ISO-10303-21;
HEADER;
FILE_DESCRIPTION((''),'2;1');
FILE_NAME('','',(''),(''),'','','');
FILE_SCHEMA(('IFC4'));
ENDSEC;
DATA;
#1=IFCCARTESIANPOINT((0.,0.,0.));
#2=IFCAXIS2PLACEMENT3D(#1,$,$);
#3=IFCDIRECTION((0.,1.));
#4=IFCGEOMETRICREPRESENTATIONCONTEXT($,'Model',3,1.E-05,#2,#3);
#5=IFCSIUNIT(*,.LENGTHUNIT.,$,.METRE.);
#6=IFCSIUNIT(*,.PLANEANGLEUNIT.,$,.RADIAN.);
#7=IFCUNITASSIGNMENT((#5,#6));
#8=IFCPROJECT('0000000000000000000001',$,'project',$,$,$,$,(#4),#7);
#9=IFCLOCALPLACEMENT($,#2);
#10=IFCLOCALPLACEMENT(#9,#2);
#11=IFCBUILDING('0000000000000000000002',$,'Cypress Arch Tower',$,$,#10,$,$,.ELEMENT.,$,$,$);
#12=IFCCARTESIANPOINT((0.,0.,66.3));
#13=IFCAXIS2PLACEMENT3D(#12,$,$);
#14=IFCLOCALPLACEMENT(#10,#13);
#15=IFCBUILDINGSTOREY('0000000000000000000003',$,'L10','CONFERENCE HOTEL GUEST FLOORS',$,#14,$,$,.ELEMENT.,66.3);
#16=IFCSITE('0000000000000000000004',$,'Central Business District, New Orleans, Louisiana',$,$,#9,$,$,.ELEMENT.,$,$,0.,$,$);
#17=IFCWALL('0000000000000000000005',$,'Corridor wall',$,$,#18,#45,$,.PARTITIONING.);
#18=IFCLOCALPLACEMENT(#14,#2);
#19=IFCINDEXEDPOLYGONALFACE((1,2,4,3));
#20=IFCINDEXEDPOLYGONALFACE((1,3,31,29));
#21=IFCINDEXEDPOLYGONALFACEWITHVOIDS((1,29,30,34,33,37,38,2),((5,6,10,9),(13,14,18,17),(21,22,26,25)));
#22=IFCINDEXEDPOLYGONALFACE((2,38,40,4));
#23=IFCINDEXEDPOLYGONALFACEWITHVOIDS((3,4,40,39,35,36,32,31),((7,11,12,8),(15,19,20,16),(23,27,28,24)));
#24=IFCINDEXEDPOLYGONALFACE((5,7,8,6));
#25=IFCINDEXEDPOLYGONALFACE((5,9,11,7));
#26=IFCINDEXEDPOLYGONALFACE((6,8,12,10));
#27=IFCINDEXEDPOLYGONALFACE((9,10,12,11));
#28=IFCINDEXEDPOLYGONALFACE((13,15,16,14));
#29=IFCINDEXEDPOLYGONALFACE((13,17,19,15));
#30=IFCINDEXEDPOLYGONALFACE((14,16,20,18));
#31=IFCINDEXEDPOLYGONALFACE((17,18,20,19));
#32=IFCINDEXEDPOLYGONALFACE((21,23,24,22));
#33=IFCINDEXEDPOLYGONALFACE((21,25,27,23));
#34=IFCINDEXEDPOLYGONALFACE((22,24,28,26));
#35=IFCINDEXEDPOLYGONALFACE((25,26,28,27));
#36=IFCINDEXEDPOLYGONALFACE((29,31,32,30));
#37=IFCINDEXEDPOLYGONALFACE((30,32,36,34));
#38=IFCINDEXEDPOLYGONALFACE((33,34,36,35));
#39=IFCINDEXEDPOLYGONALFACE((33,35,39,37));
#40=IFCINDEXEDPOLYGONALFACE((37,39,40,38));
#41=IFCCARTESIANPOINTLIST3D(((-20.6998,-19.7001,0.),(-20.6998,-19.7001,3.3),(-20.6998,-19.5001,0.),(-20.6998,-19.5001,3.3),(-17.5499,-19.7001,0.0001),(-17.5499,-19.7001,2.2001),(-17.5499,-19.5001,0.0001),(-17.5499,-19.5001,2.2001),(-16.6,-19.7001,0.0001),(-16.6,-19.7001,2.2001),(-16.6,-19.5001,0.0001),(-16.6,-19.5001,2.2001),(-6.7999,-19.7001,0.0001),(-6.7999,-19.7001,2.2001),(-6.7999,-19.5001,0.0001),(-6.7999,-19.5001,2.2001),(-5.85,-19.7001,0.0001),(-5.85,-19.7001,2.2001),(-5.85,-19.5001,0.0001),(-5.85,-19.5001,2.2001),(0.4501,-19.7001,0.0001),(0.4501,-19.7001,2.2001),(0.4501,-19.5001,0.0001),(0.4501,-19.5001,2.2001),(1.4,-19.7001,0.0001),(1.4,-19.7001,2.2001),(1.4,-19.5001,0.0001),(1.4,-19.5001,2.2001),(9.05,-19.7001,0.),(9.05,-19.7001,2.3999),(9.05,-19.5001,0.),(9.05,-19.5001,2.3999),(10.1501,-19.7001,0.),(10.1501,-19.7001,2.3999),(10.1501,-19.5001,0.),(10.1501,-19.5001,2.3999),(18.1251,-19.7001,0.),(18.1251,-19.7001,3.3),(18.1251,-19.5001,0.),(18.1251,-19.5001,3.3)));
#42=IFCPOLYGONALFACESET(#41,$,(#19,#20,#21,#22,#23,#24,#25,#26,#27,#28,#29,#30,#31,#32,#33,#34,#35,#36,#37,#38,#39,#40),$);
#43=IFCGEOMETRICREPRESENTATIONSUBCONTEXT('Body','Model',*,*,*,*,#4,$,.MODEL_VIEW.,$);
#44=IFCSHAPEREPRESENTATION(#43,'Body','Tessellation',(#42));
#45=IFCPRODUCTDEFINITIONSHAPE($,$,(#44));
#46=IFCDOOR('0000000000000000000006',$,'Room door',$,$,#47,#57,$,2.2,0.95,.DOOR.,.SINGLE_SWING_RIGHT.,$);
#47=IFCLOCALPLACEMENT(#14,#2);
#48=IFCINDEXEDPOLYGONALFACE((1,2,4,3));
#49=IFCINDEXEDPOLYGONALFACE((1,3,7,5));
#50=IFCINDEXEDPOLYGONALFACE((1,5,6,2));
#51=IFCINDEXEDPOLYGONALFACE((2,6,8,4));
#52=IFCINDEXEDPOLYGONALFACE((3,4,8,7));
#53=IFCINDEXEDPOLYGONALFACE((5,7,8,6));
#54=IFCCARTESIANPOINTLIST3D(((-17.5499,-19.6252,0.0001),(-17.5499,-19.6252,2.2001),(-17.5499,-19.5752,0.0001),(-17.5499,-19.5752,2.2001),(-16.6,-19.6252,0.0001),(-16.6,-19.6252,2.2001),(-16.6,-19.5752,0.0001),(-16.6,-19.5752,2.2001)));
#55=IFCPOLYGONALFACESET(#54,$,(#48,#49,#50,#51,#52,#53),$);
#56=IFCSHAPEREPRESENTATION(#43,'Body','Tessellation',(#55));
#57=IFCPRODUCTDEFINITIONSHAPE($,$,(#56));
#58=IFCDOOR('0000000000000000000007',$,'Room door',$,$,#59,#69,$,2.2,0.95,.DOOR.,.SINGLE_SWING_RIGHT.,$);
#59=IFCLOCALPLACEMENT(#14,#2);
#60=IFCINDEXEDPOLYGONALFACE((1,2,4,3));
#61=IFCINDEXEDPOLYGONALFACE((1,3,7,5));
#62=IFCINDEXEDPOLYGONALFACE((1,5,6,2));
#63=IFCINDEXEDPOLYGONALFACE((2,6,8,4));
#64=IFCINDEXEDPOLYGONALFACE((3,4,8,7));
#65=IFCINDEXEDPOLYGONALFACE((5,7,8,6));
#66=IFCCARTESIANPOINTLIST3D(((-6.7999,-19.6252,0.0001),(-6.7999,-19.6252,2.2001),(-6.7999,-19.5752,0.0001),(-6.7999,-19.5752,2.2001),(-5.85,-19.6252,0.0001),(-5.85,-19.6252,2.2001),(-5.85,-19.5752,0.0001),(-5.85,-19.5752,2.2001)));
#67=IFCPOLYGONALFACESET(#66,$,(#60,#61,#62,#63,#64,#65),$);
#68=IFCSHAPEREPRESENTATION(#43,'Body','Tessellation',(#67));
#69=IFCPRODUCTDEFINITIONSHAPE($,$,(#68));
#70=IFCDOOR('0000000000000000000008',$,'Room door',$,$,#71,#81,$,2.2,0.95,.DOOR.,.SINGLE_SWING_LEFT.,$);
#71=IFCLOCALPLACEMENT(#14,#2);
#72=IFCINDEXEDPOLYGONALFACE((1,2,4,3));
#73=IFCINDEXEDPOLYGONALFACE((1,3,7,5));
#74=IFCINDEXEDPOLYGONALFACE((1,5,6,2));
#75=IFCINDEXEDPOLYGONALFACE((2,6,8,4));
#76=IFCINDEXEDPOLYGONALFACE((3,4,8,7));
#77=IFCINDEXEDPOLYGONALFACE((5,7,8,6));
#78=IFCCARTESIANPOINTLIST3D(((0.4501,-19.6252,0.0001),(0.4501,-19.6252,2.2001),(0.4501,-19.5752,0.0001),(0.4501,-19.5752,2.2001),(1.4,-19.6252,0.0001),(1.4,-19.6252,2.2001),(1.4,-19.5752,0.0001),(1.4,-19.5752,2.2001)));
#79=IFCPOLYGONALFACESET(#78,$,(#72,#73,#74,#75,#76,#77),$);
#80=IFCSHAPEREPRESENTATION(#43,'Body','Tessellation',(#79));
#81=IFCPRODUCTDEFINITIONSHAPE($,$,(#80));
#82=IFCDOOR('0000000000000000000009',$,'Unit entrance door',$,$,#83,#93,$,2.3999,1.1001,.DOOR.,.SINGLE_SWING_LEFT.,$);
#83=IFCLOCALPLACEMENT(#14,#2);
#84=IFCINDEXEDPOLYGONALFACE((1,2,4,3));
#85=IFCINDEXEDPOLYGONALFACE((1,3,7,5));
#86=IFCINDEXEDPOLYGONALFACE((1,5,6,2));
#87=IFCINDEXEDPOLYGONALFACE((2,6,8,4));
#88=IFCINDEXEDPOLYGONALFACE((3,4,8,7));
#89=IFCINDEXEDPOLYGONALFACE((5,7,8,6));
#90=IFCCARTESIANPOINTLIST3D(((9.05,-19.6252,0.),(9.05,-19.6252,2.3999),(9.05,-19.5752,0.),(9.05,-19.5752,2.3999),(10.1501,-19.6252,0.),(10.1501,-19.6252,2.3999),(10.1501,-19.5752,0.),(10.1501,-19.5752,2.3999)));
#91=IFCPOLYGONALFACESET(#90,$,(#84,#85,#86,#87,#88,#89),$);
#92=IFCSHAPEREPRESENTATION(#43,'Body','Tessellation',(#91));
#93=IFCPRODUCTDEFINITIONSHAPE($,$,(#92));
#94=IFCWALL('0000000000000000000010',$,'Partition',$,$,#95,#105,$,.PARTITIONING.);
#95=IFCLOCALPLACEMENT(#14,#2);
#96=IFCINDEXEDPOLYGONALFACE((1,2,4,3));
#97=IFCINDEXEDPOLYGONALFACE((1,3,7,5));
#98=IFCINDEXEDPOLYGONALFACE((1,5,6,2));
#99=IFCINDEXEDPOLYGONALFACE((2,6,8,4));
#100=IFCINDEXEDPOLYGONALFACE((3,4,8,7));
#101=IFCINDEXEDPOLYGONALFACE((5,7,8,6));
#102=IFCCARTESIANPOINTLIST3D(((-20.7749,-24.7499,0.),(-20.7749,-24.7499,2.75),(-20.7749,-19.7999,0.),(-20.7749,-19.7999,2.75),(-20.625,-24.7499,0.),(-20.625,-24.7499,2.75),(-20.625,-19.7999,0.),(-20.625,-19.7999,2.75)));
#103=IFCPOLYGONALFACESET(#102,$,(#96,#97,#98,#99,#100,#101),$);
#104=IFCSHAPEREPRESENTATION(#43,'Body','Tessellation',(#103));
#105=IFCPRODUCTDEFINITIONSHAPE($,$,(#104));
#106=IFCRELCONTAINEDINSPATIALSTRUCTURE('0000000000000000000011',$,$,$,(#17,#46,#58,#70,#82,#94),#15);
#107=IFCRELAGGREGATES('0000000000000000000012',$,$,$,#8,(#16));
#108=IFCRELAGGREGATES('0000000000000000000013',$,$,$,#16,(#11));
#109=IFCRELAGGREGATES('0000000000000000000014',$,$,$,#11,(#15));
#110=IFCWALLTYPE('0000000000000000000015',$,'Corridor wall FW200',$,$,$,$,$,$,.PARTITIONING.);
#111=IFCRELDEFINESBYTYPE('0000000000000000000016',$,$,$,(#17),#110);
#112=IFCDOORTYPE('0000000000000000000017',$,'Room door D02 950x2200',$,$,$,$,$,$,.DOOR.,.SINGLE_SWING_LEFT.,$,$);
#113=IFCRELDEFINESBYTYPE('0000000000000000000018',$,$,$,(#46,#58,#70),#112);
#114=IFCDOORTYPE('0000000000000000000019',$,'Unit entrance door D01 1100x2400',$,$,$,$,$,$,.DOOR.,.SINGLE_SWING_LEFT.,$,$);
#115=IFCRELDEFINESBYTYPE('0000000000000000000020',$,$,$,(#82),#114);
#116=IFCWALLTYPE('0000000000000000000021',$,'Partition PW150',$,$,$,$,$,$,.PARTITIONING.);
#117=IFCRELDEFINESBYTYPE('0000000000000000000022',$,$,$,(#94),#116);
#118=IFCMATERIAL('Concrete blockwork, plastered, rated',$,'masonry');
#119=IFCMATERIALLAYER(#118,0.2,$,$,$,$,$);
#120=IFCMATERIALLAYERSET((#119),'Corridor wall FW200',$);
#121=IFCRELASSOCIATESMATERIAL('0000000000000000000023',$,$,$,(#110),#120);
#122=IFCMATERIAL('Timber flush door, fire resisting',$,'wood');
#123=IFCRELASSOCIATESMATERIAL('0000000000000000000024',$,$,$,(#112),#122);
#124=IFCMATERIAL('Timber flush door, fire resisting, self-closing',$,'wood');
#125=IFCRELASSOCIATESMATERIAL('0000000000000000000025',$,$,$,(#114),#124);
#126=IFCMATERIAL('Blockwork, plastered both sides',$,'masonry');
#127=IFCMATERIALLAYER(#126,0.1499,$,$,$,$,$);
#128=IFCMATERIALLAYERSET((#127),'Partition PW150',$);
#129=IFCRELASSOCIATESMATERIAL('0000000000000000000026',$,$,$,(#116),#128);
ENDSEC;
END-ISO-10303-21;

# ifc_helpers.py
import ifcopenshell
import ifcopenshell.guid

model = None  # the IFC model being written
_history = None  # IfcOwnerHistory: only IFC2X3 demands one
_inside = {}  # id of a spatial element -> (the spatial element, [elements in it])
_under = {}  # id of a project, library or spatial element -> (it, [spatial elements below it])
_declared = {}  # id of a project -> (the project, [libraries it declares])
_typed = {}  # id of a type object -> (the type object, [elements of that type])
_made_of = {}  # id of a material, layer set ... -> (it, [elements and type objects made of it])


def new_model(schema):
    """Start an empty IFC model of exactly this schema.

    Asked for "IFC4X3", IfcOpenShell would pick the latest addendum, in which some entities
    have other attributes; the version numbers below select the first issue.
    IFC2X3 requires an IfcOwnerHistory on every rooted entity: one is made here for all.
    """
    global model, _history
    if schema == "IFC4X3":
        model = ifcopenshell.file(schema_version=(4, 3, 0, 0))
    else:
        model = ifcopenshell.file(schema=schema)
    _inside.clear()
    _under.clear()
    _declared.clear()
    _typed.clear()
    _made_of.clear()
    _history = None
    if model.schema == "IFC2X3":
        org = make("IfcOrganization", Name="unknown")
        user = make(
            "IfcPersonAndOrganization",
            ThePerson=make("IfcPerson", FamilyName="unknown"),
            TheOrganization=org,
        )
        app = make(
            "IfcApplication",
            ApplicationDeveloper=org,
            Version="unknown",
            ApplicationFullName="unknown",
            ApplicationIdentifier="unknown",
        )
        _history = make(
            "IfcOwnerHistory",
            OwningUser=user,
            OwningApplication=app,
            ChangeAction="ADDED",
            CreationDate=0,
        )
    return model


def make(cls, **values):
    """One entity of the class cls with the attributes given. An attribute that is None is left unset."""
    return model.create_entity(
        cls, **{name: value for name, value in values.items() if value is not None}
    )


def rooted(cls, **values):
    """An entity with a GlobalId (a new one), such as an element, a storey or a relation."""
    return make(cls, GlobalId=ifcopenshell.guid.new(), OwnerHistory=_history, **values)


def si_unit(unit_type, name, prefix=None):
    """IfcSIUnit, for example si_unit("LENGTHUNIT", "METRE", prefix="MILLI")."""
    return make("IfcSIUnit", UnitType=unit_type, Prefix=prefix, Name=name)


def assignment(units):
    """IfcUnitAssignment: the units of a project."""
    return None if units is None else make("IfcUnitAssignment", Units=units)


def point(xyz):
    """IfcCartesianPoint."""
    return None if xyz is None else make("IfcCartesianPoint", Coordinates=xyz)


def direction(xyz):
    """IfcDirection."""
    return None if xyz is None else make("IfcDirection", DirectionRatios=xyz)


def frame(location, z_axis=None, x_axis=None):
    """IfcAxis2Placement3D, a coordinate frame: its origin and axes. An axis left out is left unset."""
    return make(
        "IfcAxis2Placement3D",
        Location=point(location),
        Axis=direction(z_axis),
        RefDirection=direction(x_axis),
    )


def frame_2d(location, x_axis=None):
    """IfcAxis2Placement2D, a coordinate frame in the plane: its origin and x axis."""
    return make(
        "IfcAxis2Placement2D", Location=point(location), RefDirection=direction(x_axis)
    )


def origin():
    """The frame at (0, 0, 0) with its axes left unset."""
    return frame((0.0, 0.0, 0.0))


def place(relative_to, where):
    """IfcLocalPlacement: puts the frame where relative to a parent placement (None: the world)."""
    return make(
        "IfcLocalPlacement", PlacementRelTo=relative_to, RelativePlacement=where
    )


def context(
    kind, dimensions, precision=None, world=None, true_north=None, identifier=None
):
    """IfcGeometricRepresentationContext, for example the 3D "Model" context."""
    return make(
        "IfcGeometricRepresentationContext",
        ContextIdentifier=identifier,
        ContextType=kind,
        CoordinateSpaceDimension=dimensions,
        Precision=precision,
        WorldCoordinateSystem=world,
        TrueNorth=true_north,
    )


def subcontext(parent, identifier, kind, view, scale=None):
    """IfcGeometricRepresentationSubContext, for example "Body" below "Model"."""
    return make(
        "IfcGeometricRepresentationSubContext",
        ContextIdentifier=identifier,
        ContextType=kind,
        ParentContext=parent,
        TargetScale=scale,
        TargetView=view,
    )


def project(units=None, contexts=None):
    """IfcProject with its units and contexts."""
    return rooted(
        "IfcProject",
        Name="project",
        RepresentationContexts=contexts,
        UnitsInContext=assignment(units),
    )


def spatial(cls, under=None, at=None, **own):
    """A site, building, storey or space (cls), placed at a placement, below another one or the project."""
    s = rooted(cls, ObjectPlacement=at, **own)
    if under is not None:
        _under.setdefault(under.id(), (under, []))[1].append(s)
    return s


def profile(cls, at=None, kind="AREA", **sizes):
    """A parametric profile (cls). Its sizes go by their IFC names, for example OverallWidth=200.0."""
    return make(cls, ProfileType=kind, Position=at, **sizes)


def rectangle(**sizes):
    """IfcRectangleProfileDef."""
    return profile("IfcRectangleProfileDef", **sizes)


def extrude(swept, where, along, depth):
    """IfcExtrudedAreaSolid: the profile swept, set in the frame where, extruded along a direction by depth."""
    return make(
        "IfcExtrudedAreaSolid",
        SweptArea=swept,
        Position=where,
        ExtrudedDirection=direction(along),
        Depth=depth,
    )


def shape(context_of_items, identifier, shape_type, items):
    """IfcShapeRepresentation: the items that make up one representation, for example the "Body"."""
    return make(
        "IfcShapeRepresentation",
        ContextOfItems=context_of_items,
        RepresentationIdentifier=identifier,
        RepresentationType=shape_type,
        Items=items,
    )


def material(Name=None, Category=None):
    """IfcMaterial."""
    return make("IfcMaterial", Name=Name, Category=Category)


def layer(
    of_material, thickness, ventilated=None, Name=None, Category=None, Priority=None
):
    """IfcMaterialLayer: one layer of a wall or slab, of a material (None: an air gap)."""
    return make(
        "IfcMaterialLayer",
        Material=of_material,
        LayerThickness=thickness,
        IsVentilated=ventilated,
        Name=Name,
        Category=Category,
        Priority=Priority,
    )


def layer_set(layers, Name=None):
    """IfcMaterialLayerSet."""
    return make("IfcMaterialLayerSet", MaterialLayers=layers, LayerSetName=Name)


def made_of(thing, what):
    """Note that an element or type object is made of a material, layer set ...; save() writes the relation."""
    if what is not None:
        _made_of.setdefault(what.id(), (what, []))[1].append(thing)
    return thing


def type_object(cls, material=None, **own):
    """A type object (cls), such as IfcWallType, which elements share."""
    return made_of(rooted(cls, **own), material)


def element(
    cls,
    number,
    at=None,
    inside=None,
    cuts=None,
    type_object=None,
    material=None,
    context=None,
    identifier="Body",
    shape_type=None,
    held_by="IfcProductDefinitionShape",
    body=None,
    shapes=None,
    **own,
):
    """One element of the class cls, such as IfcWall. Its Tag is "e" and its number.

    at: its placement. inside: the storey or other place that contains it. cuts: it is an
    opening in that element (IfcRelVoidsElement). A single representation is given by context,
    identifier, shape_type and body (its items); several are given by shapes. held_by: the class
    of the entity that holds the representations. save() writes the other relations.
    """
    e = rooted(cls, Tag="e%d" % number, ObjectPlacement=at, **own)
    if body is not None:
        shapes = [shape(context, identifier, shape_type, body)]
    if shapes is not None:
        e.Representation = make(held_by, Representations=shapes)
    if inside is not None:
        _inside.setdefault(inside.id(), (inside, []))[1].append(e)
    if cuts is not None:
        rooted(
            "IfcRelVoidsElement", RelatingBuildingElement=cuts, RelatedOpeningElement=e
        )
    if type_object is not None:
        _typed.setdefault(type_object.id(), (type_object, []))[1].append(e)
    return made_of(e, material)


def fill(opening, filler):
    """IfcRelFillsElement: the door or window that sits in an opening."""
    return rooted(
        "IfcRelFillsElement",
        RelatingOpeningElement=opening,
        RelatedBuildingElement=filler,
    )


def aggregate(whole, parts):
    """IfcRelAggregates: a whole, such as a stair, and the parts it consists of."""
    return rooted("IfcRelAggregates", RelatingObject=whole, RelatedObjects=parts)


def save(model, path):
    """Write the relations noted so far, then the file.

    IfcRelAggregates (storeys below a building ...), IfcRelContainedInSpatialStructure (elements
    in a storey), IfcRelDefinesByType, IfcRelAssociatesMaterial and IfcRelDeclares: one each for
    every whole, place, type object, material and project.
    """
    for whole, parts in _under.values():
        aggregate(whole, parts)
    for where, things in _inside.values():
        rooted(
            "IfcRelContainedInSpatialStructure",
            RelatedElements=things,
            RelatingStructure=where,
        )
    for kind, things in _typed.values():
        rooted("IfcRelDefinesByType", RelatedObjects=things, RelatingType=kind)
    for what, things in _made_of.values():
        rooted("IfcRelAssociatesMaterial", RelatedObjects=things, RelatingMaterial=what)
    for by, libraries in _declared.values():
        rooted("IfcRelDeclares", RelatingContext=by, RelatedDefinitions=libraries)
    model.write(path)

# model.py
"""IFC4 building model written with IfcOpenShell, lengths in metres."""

from ifc_helpers import new_model, si_unit, direction, frame, frame_2d, origin, place, context, subcontext, project, spatial, rectangle, extrude, material, layer, layer_set, type_object, element, fill, save


model = new_model("IFC4")

# Units and contexts
model_context = context("Model", 3, precision=1e-05, world=origin(), true_north=direction((0.0, 1.0)))
body_context = subcontext(model_context, "Body", "Model", "MODEL_VIEW")
ifc_project = project(units=[si_unit("LENGTHUNIT", "METRE"), si_unit("PLANEANGLEUNIT", "RADIAN")], contexts=[model_context])

# Site, building, storey
site_placement = place(None, origin())
site = spatial("IfcSite", under=ifc_project, at=site_placement, Name="Central Business District, New Orleans, Louisiana", CompositionType="ELEMENT", RefElevation=0.0)
building_placement = place(site_placement, origin())
building = spatial("IfcBuilding", under=site, at=building_placement, Name="Cypress Arch Tower", CompositionType="ELEMENT")
storey_placement = place(building_placement, frame((0.0, 0.0, 66.3)))
storey = spatial("IfcBuildingStorey", under=building, at=storey_placement, Name="L10", Description="CONFERENCE HOTEL GUEST FLOORS", CompositionType="ELEMENT", Elevation=66.3)

# Shared definitions
ifc_material_1 = material(Name="Concrete blockwork, plastered, rated", Category="masonry")
ifc_layer_1 = layer(ifc_material_1, 0.2)
ifc_layer_set_1 = layer_set([ifc_layer_1], Name="Corridor wall FW200")
wall_type_1 = type_object("IfcWallType", Name="Corridor wall FW200", PredefinedType="PARTITIONING", material=ifc_layer_set_1)

# Wall, openings, doors
wall_1_placement = place(storey_placement, frame((-20.7, -19.6001, 0.0), z_axis=(0.0, 0.0, 1.0), x_axis=(1.0, 0.0, 0.0)))
wall_1 = element("IfcWall", 1, at=wall_1_placement, inside=storey, type_object=wall_type_1, Name="Corridor wall", PredefinedType="PARTITIONING", context=body_context, shape_type="SweptSolid", body=[
    extrude(rectangle(XDim=38.825, YDim=0.2, at=frame_2d((19.4126, 0.0))), origin(), (0.0, 0.0, 1.0), 3.3),
])
opening_1_placement = place(wall_1_placement, frame((3.1499, 0.0, 0.0)))
opening_1 = element("IfcOpeningElement", 2, at=opening_1_placement, cuts=wall_1, PredefinedType="OPENING", context=body_context, shape_type="SweptSolid", body=[
    extrude(rectangle(XDim=0.95, YDim=2.2, at=frame_2d((0.4751, 1.1001))), frame((0.0, 0.1099, 0.0), z_axis=(0.0, -1.0, 0.0), x_axis=(1.0, 0.0, 0.0)), (0.0, 0.0, 1.0), 0.22),
])
opening_2_placement = place(wall_1_placement, frame((13.8999, 0.0, 0.0)))
opening_2 = element("IfcOpeningElement", 3, at=opening_2_placement, cuts=wall_1, PredefinedType="OPENING", context=body_context, shape_type="SweptSolid", body=[
    extrude(rectangle(XDim=0.95, YDim=2.2, at=frame_2d((0.4751, 1.1001))), frame((0.0, 0.1099, 0.0), z_axis=(0.0, -1.0, 0.0), x_axis=(1.0, 0.0, 0.0)), (0.0, 0.0, 1.0), 0.22),
])
opening_3_placement = place(wall_1_placement, frame((21.1499, 0.0, 0.0)))
opening_3 = element("IfcOpeningElement", 4, at=opening_3_placement, cuts=wall_1, PredefinedType="OPENING", context=body_context, shape_type="SweptSolid", body=[
    extrude(rectangle(XDim=0.95, YDim=2.2, at=frame_2d((0.4751, 1.1001))), frame((0.0, 0.1099, 0.0), z_axis=(0.0, -1.0, 0.0), x_axis=(1.0, 0.0, 0.0)), (0.0, 0.0, 1.0), 0.22),
])
opening_4_placement = place(wall_1_placement, frame((29.75, 0.0, 0.0)))
opening_4 = element("IfcOpeningElement", 5, at=opening_4_placement, cuts=wall_1, PredefinedType="OPENING", context=body_context, shape_type="SweptSolid", body=[
    extrude(rectangle(XDim=1.1001, YDim=2.3999, at=frame_2d((0.55, 1.2))), frame((0.0, 0.1099, 0.0), z_axis=(0.0, -1.0, 0.0), x_axis=(1.0, 0.0, 0.0)), (0.0, 0.0, 1.0), 0.22),
])
ifc_material_2 = material(Name="Timber flush door, fire resisting", Category="wood")
door_type_1 = type_object("IfcDoorType", Name="Room door D02 950x2200", OperationType="SINGLE_SWING_LEFT", PredefinedType="DOOR", material=ifc_material_2)
door_1_placement = place(opening_1_placement, origin())
door_1 = element("IfcDoor", 6, at=door_1_placement, inside=storey, type_object=door_type_1, Name="Room door", OperationType="SINGLE_SWING_RIGHT", OverallHeight=2.2, OverallWidth=0.95, PredefinedType="DOOR", context=body_context, shape_type="SweptSolid", body=[
    extrude(rectangle(XDim=0.95, YDim=2.2, at=frame_2d((0.4751, 1.1001))), frame((0.0, 0.0249, 0.0), z_axis=(0.0, -1.0, 0.0), x_axis=(1.0, 0.0, 0.0)), (0.0, 0.0, 1.0), 0.05),
])
fill(opening_1, door_1)
door_2_placement = place(opening_2_placement, origin())
door_2 = element("IfcDoor", 7, at=door_2_placement, inside=storey, type_object=door_type_1, Name="Room door", OperationType="SINGLE_SWING_RIGHT", OverallHeight=2.2, OverallWidth=0.95, PredefinedType="DOOR", context=body_context, shape_type="SweptSolid", body=[
    extrude(rectangle(XDim=0.95, YDim=2.2, at=frame_2d((0.4751, 1.1001))), frame((0.0, 0.0249, 0.0), z_axis=(0.0, -1.0, 0.0), x_axis=(1.0, 0.0, 0.0)), (0.0, 0.0, 1.0), 0.05),
])
fill(opening_2, door_2)
door_3_placement = place(opening_3_placement, origin())
door_3 = element("IfcDoor", 8, at=door_3_placement, inside=storey, type_object=door_type_1, Name="Room door", OperationType="SINGLE_SWING_LEFT", OverallHeight=2.2, OverallWidth=0.95, PredefinedType="DOOR", context=body_context, shape_type="SweptSolid", body=[
    extrude(rectangle(XDim=0.95, YDim=2.2, at=frame_2d((0.4751, 1.1001))), frame((0.0, 0.0249, 0.0), z_axis=(0.0, -1.0, 0.0), x_axis=(1.0, 0.0, 0.0)), (0.0, 0.0, 1.0), 0.05),
])
fill(opening_3, door_3)
ifc_material_3 = material(Name="Timber flush door, fire resisting, self-closing", Category="wood")
door_type_2 = type_object("IfcDoorType", Name="Unit entrance door D01 1100x2400", OperationType="SINGLE_SWING_LEFT", PredefinedType="DOOR", material=ifc_material_3)
door_4_placement = place(opening_4_placement, origin())
door_4 = element("IfcDoor", 9, at=door_4_placement, inside=storey, type_object=door_type_2, Name="Unit entrance door", OperationType="SINGLE_SWING_LEFT", OverallHeight=2.3999, OverallWidth=1.1001, PredefinedType="DOOR", context=body_context, shape_type="SweptSolid", body=[
    extrude(rectangle(XDim=1.1001, YDim=2.3999, at=frame_2d((0.55, 1.2))), frame((0.0, 0.0249, 0.0), z_axis=(0.0, -1.0, 0.0), x_axis=(1.0, 0.0, 0.0)), (0.0, 0.0, 1.0), 0.05),
])
fill(opening_4, door_4)

# Wall
ifc_material_4 = material(Name="Blockwork, plastered both sides", Category="masonry")
ifc_layer_2 = layer(ifc_material_4, 0.1499)
ifc_layer_set_2 = layer_set([ifc_layer_2], Name="Partition PW150")
wall_type_2 = type_object("IfcWallType", Name="Partition PW150", PredefinedType="PARTITIONING", material=ifc_layer_set_2)
wall_2_placement = place(storey_placement, frame((-20.7, -24.75, 0.0), z_axis=(0.0, 0.0, 1.0), x_axis=(0.0, 1.0, 0.0)))
element("IfcWall", 10, at=wall_2_placement, inside=storey, type_object=wall_type_2, Name="Partition", PredefinedType="PARTITIONING", context=body_context, shape_type="SweptSolid", body=[
    extrude(rectangle(XDim=4.95, YDim=0.1499, at=frame_2d((2.4751, 0.0))), origin(), (0.0, 0.0, 1.0), 2.75),
])

save(model, "model.ifc")
